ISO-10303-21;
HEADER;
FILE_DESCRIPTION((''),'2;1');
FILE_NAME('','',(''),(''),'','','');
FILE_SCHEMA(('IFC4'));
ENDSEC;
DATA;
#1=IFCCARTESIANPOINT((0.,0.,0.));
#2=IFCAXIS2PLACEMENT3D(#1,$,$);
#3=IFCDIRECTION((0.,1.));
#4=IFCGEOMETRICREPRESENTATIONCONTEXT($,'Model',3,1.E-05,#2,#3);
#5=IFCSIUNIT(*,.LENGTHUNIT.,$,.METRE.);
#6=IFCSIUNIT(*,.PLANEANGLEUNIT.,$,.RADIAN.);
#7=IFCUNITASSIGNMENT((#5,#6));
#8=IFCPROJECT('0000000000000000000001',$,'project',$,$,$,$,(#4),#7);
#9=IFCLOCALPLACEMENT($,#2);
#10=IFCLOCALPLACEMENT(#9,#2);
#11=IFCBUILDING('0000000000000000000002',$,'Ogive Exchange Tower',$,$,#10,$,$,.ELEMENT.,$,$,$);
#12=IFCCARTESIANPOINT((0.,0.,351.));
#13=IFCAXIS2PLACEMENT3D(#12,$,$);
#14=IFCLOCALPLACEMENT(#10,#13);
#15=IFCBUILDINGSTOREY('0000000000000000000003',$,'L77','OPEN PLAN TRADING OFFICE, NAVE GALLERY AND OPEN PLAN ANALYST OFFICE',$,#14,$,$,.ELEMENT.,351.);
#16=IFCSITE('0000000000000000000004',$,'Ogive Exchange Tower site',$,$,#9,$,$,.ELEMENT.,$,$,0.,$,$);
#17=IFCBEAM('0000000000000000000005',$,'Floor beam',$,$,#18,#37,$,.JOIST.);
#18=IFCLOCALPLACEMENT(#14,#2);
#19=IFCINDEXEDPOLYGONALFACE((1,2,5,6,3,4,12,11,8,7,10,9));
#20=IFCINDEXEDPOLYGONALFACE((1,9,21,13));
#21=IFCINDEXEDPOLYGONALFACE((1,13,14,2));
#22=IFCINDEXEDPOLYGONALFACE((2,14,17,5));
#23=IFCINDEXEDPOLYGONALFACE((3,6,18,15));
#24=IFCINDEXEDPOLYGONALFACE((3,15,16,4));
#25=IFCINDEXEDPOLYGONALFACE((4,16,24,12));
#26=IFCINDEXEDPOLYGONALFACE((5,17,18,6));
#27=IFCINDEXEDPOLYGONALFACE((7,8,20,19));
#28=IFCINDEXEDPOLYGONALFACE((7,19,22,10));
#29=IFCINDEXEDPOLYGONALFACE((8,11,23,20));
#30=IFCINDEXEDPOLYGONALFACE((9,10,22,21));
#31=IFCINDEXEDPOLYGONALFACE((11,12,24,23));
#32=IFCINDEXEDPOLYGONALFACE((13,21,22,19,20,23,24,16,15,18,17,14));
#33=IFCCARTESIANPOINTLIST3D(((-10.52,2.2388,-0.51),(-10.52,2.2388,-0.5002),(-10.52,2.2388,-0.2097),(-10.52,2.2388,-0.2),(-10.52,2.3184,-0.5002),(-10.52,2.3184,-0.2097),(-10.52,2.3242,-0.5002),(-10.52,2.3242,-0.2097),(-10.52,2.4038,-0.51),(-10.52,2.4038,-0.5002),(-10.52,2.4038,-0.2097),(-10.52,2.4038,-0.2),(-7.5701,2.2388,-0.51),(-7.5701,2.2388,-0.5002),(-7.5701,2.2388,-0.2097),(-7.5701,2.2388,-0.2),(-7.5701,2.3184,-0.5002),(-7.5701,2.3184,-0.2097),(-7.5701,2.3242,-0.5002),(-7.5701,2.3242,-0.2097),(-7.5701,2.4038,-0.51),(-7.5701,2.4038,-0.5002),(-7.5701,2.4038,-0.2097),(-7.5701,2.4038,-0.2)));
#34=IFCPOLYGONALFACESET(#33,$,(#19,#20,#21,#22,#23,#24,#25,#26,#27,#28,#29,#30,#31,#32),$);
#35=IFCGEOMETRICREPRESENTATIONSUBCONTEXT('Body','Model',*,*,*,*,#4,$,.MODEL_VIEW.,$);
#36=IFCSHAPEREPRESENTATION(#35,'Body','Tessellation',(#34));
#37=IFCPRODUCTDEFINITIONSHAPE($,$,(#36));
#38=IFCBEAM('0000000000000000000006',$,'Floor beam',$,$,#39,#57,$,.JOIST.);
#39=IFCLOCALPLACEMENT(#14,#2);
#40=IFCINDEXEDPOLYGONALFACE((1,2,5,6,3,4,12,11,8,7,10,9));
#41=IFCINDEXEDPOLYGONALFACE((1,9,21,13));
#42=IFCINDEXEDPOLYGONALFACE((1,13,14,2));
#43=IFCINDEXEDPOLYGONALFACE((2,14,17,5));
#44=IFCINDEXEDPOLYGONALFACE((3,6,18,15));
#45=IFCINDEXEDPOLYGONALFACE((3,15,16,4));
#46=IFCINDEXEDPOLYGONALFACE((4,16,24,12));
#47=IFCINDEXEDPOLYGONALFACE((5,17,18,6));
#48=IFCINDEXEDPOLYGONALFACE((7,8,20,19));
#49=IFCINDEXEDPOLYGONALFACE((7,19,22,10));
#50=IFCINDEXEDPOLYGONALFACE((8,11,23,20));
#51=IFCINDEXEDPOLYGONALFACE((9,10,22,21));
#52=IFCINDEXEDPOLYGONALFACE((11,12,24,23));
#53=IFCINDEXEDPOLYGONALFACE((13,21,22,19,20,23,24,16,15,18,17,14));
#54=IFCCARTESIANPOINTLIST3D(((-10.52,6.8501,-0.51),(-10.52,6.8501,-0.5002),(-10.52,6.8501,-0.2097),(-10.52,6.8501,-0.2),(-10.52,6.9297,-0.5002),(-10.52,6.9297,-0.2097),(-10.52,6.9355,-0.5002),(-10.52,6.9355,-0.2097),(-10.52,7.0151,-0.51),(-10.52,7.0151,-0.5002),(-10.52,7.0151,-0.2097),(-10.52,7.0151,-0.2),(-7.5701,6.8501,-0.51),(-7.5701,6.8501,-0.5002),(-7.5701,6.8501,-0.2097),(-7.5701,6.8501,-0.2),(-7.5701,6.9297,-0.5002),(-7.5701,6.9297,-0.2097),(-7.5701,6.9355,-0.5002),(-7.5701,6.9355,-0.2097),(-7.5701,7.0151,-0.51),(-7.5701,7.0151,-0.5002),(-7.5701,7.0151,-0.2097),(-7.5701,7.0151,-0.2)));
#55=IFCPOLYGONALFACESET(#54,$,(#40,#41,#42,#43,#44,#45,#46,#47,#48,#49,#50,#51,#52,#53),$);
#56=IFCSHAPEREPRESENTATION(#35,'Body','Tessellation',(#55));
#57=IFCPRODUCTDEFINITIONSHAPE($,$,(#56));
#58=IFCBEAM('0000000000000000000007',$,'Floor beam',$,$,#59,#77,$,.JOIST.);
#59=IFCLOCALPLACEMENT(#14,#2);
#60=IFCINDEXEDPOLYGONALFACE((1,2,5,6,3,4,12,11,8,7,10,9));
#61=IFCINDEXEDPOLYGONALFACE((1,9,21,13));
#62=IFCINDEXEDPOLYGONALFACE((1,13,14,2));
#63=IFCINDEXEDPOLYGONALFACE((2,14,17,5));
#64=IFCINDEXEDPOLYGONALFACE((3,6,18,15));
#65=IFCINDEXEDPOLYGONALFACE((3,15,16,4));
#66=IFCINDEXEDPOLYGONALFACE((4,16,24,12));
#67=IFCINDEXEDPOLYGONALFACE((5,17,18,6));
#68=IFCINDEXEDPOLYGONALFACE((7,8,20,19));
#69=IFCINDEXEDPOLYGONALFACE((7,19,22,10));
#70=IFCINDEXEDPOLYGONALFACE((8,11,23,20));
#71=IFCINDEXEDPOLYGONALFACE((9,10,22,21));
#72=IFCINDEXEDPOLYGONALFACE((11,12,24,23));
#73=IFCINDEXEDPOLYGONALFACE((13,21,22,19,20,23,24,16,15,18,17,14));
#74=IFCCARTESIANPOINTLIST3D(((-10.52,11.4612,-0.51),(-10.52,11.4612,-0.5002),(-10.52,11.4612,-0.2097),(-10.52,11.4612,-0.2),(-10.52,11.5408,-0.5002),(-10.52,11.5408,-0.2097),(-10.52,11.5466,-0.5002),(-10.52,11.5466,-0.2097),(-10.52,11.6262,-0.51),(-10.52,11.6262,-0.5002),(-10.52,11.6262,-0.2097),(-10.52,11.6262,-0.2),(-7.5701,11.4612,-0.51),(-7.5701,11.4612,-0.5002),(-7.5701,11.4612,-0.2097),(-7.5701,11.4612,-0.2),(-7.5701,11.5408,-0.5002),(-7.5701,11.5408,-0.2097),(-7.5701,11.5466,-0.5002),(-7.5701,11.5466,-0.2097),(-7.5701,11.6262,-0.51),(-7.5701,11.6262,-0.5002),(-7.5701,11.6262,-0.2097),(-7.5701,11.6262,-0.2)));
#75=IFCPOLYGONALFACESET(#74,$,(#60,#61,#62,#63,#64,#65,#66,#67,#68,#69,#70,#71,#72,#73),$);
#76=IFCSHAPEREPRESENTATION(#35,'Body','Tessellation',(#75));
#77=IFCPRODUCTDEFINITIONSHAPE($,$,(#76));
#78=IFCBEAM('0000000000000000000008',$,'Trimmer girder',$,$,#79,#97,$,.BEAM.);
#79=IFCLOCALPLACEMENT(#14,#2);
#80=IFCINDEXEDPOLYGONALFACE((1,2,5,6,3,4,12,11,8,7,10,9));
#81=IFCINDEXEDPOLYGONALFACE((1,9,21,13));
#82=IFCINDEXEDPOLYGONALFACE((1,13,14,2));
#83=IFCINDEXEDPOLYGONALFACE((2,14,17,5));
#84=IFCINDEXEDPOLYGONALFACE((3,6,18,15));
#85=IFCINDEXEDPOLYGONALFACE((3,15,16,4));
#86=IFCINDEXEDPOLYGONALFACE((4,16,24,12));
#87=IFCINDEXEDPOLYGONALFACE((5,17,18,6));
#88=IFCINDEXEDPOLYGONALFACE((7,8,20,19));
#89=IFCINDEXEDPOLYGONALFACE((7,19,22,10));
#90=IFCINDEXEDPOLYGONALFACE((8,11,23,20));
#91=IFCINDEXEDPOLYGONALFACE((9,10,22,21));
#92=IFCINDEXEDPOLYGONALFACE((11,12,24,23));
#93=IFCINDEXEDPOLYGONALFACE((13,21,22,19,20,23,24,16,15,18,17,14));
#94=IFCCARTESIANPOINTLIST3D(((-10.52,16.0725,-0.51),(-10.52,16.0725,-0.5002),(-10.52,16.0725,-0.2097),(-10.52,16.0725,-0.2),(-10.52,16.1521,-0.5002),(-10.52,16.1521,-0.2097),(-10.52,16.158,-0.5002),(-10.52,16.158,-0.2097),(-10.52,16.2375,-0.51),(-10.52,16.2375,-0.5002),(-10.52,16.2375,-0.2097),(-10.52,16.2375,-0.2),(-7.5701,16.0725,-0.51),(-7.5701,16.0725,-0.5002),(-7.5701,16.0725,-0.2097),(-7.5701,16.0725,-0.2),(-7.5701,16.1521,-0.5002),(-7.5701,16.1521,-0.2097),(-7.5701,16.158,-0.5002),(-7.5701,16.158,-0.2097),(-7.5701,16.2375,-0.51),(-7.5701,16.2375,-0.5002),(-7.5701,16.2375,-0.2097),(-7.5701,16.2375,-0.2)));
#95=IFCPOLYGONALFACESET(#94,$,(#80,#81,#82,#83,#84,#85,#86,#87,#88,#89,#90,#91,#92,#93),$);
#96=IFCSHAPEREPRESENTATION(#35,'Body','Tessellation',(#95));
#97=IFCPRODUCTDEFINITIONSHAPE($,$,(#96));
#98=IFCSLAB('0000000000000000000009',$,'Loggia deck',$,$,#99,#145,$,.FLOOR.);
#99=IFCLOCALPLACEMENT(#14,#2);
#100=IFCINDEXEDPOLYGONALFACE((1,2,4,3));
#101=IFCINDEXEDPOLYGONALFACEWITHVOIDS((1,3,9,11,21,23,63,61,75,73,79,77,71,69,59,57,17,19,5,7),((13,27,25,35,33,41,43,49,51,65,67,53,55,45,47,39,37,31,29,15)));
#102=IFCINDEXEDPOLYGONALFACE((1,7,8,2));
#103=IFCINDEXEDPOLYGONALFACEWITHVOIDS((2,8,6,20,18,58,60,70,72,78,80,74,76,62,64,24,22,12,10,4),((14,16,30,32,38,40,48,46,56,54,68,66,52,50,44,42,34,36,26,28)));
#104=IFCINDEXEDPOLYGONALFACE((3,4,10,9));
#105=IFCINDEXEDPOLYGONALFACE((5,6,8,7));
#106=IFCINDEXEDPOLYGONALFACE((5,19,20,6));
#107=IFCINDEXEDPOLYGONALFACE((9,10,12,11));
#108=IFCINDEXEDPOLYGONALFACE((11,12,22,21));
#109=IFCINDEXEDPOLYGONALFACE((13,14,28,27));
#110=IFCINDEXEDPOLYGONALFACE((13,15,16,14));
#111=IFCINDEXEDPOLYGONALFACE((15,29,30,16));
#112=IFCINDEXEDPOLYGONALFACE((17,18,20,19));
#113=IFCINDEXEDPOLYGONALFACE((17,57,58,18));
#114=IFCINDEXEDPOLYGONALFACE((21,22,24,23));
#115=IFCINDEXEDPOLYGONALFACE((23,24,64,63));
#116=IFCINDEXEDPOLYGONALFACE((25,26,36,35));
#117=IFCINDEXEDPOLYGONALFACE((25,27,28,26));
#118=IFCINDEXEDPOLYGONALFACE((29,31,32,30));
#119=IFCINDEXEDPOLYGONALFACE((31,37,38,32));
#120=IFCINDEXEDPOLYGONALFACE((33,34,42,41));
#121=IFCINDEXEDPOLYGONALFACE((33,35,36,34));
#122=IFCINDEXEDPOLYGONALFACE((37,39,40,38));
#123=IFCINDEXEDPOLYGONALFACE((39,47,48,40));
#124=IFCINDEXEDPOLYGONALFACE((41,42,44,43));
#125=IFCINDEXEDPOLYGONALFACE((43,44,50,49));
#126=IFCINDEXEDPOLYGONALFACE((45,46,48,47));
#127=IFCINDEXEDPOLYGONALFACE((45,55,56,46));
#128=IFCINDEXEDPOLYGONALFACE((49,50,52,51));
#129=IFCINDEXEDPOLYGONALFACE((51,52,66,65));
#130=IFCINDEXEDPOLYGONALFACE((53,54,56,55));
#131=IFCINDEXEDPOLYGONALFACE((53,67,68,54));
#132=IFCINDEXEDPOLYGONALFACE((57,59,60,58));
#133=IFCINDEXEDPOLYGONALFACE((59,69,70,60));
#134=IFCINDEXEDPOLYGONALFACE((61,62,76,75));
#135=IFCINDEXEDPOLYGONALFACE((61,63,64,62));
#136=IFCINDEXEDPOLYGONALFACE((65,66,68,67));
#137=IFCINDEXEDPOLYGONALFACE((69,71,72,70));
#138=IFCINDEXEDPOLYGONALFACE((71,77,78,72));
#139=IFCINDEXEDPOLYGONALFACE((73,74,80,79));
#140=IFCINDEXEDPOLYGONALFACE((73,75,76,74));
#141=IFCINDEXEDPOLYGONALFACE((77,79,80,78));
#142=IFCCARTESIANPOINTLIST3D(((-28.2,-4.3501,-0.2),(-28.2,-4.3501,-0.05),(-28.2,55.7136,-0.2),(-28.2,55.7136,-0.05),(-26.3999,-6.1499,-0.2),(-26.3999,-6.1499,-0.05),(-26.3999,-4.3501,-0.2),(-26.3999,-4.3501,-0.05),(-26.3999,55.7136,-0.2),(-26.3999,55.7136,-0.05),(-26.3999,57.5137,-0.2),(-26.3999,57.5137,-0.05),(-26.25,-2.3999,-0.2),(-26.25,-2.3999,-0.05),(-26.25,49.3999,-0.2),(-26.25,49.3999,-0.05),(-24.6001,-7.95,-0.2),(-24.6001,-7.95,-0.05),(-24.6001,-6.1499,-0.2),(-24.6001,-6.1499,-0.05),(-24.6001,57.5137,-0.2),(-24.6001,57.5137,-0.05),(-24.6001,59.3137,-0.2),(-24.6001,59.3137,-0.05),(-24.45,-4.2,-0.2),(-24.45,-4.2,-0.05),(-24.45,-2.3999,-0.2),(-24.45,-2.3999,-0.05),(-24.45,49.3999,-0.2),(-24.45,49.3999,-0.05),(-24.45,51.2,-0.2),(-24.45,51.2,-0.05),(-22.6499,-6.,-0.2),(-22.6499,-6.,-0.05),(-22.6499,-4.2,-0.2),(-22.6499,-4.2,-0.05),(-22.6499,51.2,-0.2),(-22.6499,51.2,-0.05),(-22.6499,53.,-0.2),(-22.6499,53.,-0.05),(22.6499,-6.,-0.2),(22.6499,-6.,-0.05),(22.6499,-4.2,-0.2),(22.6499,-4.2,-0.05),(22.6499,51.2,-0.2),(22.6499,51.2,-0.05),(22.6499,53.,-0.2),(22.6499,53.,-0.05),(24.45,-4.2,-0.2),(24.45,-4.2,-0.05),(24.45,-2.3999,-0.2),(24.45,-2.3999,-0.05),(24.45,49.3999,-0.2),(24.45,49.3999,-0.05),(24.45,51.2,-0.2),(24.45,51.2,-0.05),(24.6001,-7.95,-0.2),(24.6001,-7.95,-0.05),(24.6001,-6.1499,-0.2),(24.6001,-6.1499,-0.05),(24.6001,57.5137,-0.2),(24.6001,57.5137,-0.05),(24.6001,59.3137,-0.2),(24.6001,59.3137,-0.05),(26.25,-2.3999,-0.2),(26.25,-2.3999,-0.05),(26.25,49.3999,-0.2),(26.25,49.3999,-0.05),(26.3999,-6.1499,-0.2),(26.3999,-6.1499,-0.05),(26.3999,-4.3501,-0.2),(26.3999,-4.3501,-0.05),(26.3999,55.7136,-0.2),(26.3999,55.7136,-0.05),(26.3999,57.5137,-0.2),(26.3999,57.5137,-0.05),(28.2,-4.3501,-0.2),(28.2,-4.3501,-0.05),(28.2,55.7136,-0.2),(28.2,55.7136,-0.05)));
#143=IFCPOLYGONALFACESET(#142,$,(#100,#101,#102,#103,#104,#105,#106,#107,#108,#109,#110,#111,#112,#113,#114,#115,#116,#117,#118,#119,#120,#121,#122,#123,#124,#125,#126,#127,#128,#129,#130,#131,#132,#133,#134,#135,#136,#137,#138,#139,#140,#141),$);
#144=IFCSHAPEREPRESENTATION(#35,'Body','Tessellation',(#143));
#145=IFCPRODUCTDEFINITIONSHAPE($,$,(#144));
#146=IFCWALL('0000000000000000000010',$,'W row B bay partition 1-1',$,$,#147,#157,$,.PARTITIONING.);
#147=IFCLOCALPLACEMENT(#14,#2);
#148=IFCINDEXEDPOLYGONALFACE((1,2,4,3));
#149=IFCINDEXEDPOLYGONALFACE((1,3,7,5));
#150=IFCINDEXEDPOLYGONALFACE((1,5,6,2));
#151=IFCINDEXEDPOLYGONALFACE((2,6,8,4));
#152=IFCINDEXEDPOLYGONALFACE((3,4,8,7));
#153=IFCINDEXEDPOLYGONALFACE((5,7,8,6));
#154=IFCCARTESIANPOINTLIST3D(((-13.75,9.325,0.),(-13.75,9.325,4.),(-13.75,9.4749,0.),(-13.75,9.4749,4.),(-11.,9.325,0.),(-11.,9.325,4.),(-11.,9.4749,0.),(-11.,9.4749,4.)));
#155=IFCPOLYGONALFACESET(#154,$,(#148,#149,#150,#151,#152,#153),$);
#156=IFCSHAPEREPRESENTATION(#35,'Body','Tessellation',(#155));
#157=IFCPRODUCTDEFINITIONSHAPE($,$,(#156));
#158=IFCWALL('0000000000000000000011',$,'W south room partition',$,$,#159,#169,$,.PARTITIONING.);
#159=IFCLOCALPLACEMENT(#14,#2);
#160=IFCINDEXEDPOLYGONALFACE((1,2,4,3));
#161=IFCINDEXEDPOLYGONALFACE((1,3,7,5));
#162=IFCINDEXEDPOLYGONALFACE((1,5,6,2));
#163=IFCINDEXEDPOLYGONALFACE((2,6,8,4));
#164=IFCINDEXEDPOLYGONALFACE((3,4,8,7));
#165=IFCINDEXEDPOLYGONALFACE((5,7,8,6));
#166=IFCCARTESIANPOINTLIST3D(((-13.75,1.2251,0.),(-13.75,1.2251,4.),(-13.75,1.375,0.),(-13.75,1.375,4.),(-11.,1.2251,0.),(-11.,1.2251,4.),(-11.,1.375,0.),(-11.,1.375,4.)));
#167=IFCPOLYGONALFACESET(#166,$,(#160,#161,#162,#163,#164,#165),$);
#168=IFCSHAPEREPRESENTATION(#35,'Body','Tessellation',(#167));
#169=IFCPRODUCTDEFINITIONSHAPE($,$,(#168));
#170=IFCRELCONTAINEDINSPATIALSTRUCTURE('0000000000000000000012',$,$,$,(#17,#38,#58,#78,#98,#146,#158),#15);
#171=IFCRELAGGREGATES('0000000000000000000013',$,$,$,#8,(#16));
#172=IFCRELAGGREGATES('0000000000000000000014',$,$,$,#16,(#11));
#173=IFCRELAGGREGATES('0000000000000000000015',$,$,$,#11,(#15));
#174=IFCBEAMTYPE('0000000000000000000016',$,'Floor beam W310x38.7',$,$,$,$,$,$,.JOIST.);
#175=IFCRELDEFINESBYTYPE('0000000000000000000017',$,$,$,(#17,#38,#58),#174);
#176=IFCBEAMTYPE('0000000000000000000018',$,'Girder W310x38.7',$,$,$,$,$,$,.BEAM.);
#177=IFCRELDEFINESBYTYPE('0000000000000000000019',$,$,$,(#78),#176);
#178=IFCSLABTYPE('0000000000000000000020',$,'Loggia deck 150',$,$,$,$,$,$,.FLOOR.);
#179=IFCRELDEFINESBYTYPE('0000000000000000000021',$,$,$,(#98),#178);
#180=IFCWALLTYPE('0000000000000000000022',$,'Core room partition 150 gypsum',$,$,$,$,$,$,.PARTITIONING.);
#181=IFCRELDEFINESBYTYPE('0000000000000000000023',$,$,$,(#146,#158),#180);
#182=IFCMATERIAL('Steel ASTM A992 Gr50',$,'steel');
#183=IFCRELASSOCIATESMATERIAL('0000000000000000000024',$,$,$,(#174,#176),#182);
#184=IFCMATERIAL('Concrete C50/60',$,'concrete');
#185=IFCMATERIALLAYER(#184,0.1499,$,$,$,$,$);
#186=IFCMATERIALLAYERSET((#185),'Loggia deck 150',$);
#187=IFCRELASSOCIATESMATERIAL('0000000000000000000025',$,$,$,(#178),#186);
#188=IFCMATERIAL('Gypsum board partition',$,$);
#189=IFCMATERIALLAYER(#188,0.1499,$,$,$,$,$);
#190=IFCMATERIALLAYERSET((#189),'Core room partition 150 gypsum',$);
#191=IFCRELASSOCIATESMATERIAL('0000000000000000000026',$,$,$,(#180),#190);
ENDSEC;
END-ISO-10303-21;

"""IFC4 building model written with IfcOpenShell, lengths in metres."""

from ifc_helpers import new_model, si_unit, direction, frame, frame_2d, origin, origin_2d, place, context, subcontext, project, spatial, polyline, rectangle, i_section, outline, extrude, material, layer, layer_set, material_profile, profile_set, type_object, element, save


model = new_model("IFC4")

# Units and contexts
model_context = context("Model", 3, precision=1e-05, world=origin(), true_north=direction((0.0, 1.0)))
body_context = subcontext(model_context, "Body", "Model", "MODEL_VIEW")
ifc_project = project(units=[si_unit("LENGTHUNIT", "METRE"), si_unit("PLANEANGLEUNIT", "RADIAN")], contexts=[model_context])

# Site, building, storey
site_placement = place(None, origin())
site = spatial("IfcSite", under=ifc_project, at=site_placement, Name="Ogive Exchange Tower site", CompositionType="ELEMENT", RefElevation=0.0)
building_placement = place(site_placement, origin())
building = spatial("IfcBuilding", under=site, at=building_placement, Name="Ogive Exchange Tower", CompositionType="ELEMENT")
storey_placement = place(building_placement, frame((0.0, 0.0, 351.0)))
storey = spatial("IfcBuildingStorey", under=building, at=storey_placement, Name="L77", Description="OPEN PLAN TRADING OFFICE, NAVE GALLERY AND OPEN PLAN ANALYST OFFICE", CompositionType="ELEMENT", Elevation=351.0)

# Beams
ifc_material_1 = material(Name="Steel ASTM A992 Gr50", Category="steel")
ifc_material_profile_1 = material_profile(ifc_material_1, i_section(OverallWidth=0.165, OverallDepth=0.3101, WebThickness=0.0059, FlangeThickness=0.0098, at=origin_2d()), Name="W310x38.7")
ifc_profile_set_1 = profile_set([ifc_material_profile_1], Name="Steel ASTM A992 Gr50")
beam_type_1 = type_object("IfcBeamType", Name="Floor beam W310x38.7", PredefinedType="JOIST", material=ifc_profile_set_1)
for number, where, z_axis, x_axis, name in (
    (1, (-10.52, 2.3213, -0.355), (1.0, 0.0, 0.0), (0.0, 1.0, 0.0), "Floor beam"),
    (2, (-10.52, 6.9326, -0.355), (1.0, 0.0, 0.0), (0.0, 1.0, 0.0), "Floor beam"),
    (3, (-10.52, 11.5437, -0.355), (1.0, 0.0, 0.0), (0.0, 1.0, 0.0), "Floor beam"),
):
    element("IfcBeam", number, at=place(storey_placement, frame(where, z_axis=z_axis, x_axis=x_axis)), inside=storey, type_object=beam_type_1, Name=name, PredefinedType="JOIST", context=body_context, shape_type="SweptSolid", body=[
        extrude(i_section(OverallWidth=0.165, OverallDepth=0.3101, WebThickness=0.0059, FlangeThickness=0.0098, at=origin_2d()), origin(), (0.0, 0.0, 1.0), 2.95),
    ])
ifc_material_profile_2 = material_profile(ifc_material_1, i_section(OverallWidth=0.165, OverallDepth=0.3101, WebThickness=0.0059, FlangeThickness=0.0098, at=origin_2d()), Name="W310x38.7")
ifc_profile_set_2 = profile_set([ifc_material_profile_2], Name="Steel ASTM A992 Gr50")
beam_type_2 = type_object("IfcBeamType", Name="Girder W310x38.7", PredefinedType="BEAM", material=ifc_profile_set_2)
beam_placement = place(storey_placement, frame((-10.52, 16.155, -0.355), z_axis=(1.0, 0.0, 0.0), x_axis=(0.0, 1.0, 0.0)))
element("IfcBeam", 4, at=beam_placement, inside=storey, type_object=beam_type_2, Name="Trimmer girder", PredefinedType="BEAM", context=body_context, shape_type="SweptSolid", body=[
    extrude(i_section(OverallWidth=0.165, OverallDepth=0.3101, WebThickness=0.0059, FlangeThickness=0.0098, at=origin_2d()), origin(), (0.0, 0.0, 1.0), 2.95),
])

# Slab
ifc_material_2 = material(Name="Concrete C50/60", Category="concrete")
ifc_layer_1 = layer(ifc_material_2, 0.1499)
ifc_layer_set_1 = layer_set([ifc_layer_1], Name="Loggia deck 150")
slab_type = type_object("IfcSlabType", Name="Loggia deck 150", PredefinedType="FLOOR", material=ifc_layer_set_1)
slab_placement = place(storey_placement, frame((0.0, 0.0, -0.2)))
element("IfcSlab", 5, at=slab_placement, inside=storey, type_object=slab_type, Name="Loggia deck", PredefinedType="FLOOR", context=body_context, shape_type="SweptSolid", body=[
    extrude(outline(polyline([(-24.6001, -6.1499), (-26.3999, -6.1499), (-26.3999, -4.3501), (-28.2, -4.3501), (-28.2, 55.7136), (-26.3999, 55.7136), (-26.3999, 57.5137), (-24.6001, 57.5137), (-24.6001, 59.3137), (24.6001, 59.3137), (24.6001, 57.5137), (26.3999, 57.5137), (26.3999, 55.7136), (28.2, 55.7136), (28.2, -4.3501), (26.3999, -4.3501), (26.3999, -6.1499), (24.6001, -6.1499), (24.6001, -7.95), (-24.6001, -7.95), (-24.6001, -6.1499)]), holes=[polyline([(22.6499, -4.2), (24.45, -4.2), (24.45, -2.3999), (26.25, -2.3999), (26.25, 49.3999), (24.45, 49.3999), (24.45, 51.2), (22.6499, 51.2), (22.6499, 53.0), (-22.6499, 53.0), (-22.6499, 51.2), (-24.45, 51.2), (-24.45, 49.3999), (-26.25, 49.3999), (-26.25, -2.3999), (-24.45, -2.3999), (-24.45, -4.2), (-22.6499, -4.2), (-22.6499, -6.0), (22.6499, -6.0), (22.6499, -4.2)])]), origin(), (0.0, 0.0, 1.0), 0.1499),
])

# Walls
ifc_material_3 = material(Name="Gypsum board partition")
ifc_layer_2 = layer(ifc_material_3, 0.1499)
ifc_layer_set_2 = layer_set([ifc_layer_2], Name="Core room partition 150 gypsum")
wall_type_1 = type_object("IfcWallType", Name="Core room partition 150 gypsum", PredefinedType="PARTITIONING", material=ifc_layer_set_2)
for number, where, z_axis, x_axis, name in (
    (6, (-13.75, 9.3999, 0.0), (0.0, 0.0, 1.0), (1.0, 0.0, 0.0), "W row B bay partition 1-1"),
    (7, (-13.75, 1.3, 0.0), (0.0, 0.0, 1.0), (1.0, 0.0, 0.0), "W south room partition"),
):
    element("IfcWall", number, at=place(storey_placement, frame(where, z_axis=z_axis, x_axis=x_axis)), inside=storey, type_object=wall_type_1, Name=name, PredefinedType="PARTITIONING", context=body_context, shape_type="SweptSolid", body=[
        extrude(rectangle(XDim=2.75, YDim=0.1499, at=frame_2d((1.375, 0.0))), origin(), (0.0, 0.0, 1.0), 4.0),
    ])

save(model, "model.ifc")
